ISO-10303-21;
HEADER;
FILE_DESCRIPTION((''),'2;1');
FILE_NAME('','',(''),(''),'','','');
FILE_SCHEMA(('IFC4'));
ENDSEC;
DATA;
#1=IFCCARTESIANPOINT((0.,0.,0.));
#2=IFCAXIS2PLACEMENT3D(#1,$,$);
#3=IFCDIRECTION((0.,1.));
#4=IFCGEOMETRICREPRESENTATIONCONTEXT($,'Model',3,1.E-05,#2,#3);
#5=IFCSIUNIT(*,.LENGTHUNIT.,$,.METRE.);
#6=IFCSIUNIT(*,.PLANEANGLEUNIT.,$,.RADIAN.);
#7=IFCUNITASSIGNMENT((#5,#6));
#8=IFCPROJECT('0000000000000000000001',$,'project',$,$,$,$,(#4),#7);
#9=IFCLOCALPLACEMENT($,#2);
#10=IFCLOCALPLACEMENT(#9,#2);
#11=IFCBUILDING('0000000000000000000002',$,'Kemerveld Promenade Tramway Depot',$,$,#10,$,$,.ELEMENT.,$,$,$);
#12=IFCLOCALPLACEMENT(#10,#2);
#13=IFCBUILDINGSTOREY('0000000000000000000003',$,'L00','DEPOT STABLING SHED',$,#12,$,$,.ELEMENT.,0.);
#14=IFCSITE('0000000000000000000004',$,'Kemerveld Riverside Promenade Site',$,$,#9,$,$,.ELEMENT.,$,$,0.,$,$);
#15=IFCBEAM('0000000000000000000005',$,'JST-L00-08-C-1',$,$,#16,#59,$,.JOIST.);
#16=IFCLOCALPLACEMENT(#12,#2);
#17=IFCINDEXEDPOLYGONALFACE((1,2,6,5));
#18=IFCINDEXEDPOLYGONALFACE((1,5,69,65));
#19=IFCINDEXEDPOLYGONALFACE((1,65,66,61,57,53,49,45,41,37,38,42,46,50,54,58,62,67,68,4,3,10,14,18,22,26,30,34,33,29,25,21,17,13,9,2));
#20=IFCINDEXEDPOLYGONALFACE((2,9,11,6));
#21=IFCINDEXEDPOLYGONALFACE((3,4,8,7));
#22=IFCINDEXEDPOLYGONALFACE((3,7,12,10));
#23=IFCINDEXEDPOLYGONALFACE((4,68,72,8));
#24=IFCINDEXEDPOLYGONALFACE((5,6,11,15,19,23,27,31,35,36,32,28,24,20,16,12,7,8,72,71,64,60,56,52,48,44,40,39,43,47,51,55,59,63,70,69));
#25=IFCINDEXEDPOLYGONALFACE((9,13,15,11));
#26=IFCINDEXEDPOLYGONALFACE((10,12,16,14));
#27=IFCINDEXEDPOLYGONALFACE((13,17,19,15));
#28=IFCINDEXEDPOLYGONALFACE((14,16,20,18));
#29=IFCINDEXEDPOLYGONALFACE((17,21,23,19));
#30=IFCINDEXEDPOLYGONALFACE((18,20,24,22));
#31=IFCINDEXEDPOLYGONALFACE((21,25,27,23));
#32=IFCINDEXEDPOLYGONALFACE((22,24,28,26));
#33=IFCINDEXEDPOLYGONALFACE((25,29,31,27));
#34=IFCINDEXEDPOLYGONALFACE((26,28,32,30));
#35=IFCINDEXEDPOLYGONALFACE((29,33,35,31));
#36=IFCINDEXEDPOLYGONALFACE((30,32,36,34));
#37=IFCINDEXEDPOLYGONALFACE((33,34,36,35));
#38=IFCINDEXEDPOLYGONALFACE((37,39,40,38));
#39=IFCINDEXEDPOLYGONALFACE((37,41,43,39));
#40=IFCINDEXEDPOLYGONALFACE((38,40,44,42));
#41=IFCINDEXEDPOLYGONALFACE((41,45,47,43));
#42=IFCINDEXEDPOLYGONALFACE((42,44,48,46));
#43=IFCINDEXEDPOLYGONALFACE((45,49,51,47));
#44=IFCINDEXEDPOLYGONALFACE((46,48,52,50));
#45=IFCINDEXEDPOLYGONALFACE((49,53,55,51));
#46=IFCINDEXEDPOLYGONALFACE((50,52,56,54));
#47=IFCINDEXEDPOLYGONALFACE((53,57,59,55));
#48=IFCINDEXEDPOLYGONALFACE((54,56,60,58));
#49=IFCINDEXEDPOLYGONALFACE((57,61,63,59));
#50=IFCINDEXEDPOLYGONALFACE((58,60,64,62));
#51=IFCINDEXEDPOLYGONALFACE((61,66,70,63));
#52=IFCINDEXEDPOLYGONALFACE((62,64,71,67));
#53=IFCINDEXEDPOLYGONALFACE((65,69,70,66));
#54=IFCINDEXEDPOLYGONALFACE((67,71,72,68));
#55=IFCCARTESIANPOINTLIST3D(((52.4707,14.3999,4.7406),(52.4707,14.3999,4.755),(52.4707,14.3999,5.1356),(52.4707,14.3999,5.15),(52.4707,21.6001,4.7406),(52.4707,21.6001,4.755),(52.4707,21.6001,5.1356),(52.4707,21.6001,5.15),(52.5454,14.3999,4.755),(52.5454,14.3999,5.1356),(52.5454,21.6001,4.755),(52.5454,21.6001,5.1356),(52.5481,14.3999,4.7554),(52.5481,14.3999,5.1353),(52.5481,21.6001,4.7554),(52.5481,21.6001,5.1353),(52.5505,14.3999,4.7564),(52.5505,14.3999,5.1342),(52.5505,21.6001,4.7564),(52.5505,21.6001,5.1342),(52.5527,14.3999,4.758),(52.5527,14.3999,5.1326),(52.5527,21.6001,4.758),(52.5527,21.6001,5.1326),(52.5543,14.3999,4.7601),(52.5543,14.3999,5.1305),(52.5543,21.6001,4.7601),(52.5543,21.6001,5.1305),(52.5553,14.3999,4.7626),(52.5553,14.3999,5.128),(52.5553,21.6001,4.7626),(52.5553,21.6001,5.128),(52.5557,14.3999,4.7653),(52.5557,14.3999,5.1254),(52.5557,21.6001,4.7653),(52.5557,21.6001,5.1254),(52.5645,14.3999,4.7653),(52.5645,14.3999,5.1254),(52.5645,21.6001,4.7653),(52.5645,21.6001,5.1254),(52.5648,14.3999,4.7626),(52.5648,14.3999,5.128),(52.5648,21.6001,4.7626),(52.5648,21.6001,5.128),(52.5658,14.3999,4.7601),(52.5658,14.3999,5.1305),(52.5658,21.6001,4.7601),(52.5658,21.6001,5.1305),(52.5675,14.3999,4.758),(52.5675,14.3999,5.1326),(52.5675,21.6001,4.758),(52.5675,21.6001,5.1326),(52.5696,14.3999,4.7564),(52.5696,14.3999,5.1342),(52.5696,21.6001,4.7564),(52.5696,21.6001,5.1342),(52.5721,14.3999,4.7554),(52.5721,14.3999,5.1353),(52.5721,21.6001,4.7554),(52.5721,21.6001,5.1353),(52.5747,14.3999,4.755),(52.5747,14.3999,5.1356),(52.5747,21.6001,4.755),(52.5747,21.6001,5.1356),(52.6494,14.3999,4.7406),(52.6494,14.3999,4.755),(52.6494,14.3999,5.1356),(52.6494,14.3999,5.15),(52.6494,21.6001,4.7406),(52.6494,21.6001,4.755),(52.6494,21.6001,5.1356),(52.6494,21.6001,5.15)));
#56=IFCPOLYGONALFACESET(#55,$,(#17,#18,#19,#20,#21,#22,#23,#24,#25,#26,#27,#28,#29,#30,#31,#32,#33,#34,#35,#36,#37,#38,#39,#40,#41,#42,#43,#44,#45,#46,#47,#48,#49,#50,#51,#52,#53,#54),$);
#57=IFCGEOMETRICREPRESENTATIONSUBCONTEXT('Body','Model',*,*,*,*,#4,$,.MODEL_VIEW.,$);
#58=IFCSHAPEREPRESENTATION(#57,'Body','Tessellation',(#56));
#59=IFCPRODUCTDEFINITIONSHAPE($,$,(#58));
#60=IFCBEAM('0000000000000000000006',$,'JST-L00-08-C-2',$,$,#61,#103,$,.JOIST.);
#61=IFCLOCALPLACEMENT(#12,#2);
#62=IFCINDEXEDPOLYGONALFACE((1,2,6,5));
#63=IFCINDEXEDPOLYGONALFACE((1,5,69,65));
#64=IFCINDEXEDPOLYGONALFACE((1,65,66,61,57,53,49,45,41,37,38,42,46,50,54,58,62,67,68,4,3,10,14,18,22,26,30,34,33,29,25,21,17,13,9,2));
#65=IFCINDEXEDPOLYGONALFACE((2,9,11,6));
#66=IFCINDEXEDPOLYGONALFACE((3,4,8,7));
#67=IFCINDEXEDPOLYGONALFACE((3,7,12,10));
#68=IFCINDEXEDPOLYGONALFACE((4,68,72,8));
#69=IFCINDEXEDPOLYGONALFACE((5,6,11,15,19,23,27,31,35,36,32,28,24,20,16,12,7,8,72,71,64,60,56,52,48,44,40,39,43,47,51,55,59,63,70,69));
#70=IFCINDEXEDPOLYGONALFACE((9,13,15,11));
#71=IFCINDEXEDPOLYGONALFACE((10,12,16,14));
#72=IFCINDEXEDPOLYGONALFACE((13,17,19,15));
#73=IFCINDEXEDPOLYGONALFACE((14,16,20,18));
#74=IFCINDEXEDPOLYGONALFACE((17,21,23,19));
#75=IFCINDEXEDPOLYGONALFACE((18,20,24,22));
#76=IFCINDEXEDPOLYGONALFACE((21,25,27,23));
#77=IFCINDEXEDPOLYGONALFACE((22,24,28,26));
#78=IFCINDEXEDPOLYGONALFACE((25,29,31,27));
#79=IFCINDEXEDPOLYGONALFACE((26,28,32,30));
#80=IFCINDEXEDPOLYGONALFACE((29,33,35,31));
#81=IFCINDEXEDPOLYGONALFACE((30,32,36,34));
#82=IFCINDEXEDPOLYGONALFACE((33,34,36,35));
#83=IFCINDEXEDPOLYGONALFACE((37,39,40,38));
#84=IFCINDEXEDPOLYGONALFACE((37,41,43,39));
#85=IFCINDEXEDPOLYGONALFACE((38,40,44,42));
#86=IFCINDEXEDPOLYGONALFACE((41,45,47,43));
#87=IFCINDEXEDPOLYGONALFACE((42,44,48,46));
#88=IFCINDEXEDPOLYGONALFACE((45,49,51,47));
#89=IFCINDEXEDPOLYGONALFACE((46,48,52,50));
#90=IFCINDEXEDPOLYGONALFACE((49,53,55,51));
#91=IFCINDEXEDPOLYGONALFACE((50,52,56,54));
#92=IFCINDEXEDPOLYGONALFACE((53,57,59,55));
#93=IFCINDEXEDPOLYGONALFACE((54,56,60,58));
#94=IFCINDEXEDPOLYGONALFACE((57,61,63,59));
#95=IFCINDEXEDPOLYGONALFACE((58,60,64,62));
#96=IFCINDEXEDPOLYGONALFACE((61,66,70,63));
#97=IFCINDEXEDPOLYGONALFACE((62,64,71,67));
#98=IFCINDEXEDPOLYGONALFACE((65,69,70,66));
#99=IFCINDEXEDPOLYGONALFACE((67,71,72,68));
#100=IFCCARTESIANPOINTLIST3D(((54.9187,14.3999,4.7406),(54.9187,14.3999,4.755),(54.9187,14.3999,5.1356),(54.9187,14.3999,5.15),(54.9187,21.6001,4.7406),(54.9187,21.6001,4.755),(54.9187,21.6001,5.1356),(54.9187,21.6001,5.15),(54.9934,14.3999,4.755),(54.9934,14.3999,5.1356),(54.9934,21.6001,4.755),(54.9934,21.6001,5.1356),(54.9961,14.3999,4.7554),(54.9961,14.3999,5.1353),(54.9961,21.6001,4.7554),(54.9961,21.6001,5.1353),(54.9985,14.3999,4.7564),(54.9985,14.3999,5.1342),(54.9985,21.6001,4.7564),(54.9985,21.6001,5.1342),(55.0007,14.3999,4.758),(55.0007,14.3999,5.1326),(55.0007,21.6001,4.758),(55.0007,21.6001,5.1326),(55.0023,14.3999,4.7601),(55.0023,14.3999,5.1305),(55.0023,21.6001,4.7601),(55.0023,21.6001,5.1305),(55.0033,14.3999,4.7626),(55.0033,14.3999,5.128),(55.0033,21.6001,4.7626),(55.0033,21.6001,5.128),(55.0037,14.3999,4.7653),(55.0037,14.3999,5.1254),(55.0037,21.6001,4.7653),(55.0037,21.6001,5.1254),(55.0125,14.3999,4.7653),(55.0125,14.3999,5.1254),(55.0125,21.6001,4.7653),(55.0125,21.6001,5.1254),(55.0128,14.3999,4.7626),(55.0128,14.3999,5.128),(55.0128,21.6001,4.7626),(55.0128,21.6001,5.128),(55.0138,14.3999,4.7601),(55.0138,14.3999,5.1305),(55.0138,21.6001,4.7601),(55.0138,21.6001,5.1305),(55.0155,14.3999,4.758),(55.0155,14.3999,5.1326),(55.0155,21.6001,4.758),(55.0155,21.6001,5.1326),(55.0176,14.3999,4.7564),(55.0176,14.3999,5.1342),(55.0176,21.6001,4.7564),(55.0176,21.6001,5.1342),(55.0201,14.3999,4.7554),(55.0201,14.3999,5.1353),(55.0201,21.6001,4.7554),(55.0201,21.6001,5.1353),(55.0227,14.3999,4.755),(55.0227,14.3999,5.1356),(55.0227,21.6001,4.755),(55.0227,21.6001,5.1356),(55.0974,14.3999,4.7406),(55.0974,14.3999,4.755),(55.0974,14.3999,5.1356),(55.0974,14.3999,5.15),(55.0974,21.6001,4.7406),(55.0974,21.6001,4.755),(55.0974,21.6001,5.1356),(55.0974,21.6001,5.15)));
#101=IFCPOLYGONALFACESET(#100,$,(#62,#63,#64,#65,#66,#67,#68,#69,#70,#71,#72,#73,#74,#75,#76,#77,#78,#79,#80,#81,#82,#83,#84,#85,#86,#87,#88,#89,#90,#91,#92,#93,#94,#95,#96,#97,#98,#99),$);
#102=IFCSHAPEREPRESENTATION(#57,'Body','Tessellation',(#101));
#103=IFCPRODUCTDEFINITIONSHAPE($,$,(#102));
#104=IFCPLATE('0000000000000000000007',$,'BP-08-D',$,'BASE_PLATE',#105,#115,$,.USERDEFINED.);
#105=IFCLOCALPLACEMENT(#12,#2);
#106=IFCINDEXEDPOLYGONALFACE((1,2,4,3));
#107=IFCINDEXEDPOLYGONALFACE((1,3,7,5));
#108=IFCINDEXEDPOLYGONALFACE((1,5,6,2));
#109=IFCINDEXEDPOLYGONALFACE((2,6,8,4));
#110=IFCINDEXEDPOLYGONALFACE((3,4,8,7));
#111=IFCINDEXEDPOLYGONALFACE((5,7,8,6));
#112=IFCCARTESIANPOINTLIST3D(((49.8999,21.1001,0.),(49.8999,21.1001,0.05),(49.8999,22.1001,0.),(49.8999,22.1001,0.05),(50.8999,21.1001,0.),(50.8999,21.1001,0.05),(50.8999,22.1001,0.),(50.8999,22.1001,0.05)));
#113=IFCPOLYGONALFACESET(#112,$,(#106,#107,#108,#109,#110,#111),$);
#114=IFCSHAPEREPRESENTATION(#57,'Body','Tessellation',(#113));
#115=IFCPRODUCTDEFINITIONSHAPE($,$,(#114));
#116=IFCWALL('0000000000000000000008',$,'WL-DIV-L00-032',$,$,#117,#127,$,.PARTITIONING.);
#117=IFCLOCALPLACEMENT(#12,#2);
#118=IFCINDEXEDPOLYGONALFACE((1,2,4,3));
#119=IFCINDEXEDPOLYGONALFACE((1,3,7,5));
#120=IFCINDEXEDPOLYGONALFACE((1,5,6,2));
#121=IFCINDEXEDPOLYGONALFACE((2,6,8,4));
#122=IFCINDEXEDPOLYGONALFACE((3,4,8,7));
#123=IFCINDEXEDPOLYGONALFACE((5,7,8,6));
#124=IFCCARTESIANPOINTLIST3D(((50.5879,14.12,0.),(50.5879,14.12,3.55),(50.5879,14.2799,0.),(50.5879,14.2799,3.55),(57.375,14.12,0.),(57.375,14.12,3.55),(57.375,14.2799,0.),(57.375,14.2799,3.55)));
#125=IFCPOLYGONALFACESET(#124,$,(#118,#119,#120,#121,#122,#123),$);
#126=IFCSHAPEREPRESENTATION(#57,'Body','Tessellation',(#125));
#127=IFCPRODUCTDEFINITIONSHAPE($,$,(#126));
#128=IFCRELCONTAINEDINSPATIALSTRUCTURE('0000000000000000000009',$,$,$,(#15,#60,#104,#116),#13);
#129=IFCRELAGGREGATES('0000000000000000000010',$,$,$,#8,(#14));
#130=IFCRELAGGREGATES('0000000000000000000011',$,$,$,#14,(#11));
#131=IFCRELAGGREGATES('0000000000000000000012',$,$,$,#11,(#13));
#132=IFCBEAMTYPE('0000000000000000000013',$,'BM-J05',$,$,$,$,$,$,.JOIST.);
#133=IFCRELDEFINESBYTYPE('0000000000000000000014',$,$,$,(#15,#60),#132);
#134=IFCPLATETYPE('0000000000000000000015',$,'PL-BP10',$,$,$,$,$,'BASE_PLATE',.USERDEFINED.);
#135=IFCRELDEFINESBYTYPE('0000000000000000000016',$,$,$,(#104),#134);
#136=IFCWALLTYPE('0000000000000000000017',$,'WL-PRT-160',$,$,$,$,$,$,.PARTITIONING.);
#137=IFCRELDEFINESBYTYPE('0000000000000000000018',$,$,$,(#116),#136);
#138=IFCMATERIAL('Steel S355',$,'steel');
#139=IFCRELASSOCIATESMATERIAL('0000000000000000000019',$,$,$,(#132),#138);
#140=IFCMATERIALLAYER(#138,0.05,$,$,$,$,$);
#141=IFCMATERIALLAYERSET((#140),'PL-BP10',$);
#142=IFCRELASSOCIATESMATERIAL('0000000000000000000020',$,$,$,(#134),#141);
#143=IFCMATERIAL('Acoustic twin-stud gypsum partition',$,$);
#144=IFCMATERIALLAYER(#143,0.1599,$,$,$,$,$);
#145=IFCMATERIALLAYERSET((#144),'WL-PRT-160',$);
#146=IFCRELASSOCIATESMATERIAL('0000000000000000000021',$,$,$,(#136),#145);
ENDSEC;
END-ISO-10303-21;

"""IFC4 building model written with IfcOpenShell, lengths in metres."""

from ifc_helpers import new_model, si_unit, direction, frame, frame_2d, origin, origin_2d, place, context, subcontext, project, spatial, rectangle, i_section, extrude, material, layer, layer_set, material_profile, profile_set, type_object, element, save


model = new_model("IFC4")

# Units and contexts
model_context = context("Model", 3, precision=1e-05, world=origin(), true_north=direction((0.0, 1.0)))
body_context = subcontext(model_context, "Body", "Model", "MODEL_VIEW")
ifc_project = project(units=[si_unit("LENGTHUNIT", "METRE"), si_unit("PLANEANGLEUNIT", "RADIAN")], contexts=[model_context])

# Site, building, storey
site_placement = place(None, origin())
site = spatial("IfcSite", under=ifc_project, at=site_placement, Name="Kemerveld Riverside Promenade Site", CompositionType="ELEMENT", RefElevation=0.0)
building_placement = place(site_placement, origin())
building = spatial("IfcBuilding", under=site, at=building_placement, Name="Kemerveld Promenade Tramway Depot", CompositionType="ELEMENT")
storey_placement = place(building_placement, origin())
storey = spatial("IfcBuildingStorey", under=building, at=storey_placement, Name="L00", Description="DEPOT STABLING SHED", CompositionType="ELEMENT", Elevation=0.0)

# Shared definitions
ifc_material_1 = material(Name="Steel S355", Category="steel")

# Beams
ifc_material_profile_1 = material_profile(ifc_material_1, i_section(OverallWidth=0.1787, OverallDepth=0.4094, WebThickness=0.0088, FlangeThickness=0.0144, FilletRadius=0.0103, at=origin_2d()), Name="406x178x67 UB")
ifc_profile_set_1 = profile_set([ifc_material_profile_1], Name="Steel S355")
beam_type_1 = type_object("IfcBeamType", Name="BM-J05", PredefinedType="JOIST", material=ifc_profile_set_1)
for number, where, z_axis, x_axis, name in (
    (1, (52.5601, 14.3999, 4.9453), (0.0, 1.0, 0.0), (-1.0, 0.0, 0.0), "JST-L00-08-C-1"),
    (2, (55.0081, 14.3999, 4.9453), (0.0, 1.0, 0.0), (-1.0, 0.0, 0.0), "JST-L00-08-C-2"),
):
    element("IfcBeam", number, at=place(storey_placement, frame(where, z_axis=z_axis, x_axis=x_axis)), inside=storey, type_object=beam_type_1, Name=name, PredefinedType="JOIST", context=body_context, shape_type="SweptSolid", body=[
        extrude(i_section(OverallWidth=0.1787, OverallDepth=0.4094, WebThickness=0.0088, FlangeThickness=0.0144, FilletRadius=0.0103, at=origin_2d()), origin(), (0.0, 0.0, 1.0), 7.2002),
    ])

# Plate
ifc_layer_1 = layer(ifc_material_1, 0.05)
ifc_layer_set_1 = layer_set([ifc_layer_1], Name="PL-BP10")
plate_type = type_object("IfcPlateType", Name="PL-BP10", ElementType="BASE_PLATE", PredefinedType="USERDEFINED", material=ifc_layer_set_1)
plate_placement = place(storey_placement, frame((50.3999, 21.6001, 0.0), z_axis=(0.0, 0.0, 1.0), x_axis=(1.0, 0.0, 0.0)))
element("IfcPlate", 3, at=plate_placement, inside=storey, type_object=plate_type, Name="BP-08-D", ObjectType="BASE_PLATE", PredefinedType="USERDEFINED", context=body_context, shape_type="SweptSolid", body=[
    extrude(rectangle(XDim=1.0, YDim=1.0, at=origin_2d()), origin(), (0.0, 0.0, 1.0), 0.05),
])

# Wall
ifc_material_2 = material(Name="Acoustic twin-stud gypsum partition")
ifc_layer_2 = layer(ifc_material_2, 0.1599)
ifc_layer_set_2 = layer_set([ifc_layer_2], Name="WL-PRT-160")
wall_type = type_object("IfcWallType", Name="WL-PRT-160", PredefinedType="PARTITIONING", material=ifc_layer_set_2)
wall_placement = place(storey_placement, frame((50.5879, 14.2, 0.0), z_axis=(0.0, 0.0, 1.0), x_axis=(1.0, 0.0, 0.0)))
element("IfcWall", 4, at=wall_placement, inside=storey, type_object=wall_type, Name="WL-DIV-L00-032", PredefinedType="PARTITIONING", context=body_context, shape_type="SweptSolid", body=[
    extrude(rectangle(XDim=6.7871, YDim=0.1599, at=frame_2d((3.3936, 0.0))), origin(), (0.0, 0.0, 1.0), 3.55),
])

save(model, "model.ifc")
